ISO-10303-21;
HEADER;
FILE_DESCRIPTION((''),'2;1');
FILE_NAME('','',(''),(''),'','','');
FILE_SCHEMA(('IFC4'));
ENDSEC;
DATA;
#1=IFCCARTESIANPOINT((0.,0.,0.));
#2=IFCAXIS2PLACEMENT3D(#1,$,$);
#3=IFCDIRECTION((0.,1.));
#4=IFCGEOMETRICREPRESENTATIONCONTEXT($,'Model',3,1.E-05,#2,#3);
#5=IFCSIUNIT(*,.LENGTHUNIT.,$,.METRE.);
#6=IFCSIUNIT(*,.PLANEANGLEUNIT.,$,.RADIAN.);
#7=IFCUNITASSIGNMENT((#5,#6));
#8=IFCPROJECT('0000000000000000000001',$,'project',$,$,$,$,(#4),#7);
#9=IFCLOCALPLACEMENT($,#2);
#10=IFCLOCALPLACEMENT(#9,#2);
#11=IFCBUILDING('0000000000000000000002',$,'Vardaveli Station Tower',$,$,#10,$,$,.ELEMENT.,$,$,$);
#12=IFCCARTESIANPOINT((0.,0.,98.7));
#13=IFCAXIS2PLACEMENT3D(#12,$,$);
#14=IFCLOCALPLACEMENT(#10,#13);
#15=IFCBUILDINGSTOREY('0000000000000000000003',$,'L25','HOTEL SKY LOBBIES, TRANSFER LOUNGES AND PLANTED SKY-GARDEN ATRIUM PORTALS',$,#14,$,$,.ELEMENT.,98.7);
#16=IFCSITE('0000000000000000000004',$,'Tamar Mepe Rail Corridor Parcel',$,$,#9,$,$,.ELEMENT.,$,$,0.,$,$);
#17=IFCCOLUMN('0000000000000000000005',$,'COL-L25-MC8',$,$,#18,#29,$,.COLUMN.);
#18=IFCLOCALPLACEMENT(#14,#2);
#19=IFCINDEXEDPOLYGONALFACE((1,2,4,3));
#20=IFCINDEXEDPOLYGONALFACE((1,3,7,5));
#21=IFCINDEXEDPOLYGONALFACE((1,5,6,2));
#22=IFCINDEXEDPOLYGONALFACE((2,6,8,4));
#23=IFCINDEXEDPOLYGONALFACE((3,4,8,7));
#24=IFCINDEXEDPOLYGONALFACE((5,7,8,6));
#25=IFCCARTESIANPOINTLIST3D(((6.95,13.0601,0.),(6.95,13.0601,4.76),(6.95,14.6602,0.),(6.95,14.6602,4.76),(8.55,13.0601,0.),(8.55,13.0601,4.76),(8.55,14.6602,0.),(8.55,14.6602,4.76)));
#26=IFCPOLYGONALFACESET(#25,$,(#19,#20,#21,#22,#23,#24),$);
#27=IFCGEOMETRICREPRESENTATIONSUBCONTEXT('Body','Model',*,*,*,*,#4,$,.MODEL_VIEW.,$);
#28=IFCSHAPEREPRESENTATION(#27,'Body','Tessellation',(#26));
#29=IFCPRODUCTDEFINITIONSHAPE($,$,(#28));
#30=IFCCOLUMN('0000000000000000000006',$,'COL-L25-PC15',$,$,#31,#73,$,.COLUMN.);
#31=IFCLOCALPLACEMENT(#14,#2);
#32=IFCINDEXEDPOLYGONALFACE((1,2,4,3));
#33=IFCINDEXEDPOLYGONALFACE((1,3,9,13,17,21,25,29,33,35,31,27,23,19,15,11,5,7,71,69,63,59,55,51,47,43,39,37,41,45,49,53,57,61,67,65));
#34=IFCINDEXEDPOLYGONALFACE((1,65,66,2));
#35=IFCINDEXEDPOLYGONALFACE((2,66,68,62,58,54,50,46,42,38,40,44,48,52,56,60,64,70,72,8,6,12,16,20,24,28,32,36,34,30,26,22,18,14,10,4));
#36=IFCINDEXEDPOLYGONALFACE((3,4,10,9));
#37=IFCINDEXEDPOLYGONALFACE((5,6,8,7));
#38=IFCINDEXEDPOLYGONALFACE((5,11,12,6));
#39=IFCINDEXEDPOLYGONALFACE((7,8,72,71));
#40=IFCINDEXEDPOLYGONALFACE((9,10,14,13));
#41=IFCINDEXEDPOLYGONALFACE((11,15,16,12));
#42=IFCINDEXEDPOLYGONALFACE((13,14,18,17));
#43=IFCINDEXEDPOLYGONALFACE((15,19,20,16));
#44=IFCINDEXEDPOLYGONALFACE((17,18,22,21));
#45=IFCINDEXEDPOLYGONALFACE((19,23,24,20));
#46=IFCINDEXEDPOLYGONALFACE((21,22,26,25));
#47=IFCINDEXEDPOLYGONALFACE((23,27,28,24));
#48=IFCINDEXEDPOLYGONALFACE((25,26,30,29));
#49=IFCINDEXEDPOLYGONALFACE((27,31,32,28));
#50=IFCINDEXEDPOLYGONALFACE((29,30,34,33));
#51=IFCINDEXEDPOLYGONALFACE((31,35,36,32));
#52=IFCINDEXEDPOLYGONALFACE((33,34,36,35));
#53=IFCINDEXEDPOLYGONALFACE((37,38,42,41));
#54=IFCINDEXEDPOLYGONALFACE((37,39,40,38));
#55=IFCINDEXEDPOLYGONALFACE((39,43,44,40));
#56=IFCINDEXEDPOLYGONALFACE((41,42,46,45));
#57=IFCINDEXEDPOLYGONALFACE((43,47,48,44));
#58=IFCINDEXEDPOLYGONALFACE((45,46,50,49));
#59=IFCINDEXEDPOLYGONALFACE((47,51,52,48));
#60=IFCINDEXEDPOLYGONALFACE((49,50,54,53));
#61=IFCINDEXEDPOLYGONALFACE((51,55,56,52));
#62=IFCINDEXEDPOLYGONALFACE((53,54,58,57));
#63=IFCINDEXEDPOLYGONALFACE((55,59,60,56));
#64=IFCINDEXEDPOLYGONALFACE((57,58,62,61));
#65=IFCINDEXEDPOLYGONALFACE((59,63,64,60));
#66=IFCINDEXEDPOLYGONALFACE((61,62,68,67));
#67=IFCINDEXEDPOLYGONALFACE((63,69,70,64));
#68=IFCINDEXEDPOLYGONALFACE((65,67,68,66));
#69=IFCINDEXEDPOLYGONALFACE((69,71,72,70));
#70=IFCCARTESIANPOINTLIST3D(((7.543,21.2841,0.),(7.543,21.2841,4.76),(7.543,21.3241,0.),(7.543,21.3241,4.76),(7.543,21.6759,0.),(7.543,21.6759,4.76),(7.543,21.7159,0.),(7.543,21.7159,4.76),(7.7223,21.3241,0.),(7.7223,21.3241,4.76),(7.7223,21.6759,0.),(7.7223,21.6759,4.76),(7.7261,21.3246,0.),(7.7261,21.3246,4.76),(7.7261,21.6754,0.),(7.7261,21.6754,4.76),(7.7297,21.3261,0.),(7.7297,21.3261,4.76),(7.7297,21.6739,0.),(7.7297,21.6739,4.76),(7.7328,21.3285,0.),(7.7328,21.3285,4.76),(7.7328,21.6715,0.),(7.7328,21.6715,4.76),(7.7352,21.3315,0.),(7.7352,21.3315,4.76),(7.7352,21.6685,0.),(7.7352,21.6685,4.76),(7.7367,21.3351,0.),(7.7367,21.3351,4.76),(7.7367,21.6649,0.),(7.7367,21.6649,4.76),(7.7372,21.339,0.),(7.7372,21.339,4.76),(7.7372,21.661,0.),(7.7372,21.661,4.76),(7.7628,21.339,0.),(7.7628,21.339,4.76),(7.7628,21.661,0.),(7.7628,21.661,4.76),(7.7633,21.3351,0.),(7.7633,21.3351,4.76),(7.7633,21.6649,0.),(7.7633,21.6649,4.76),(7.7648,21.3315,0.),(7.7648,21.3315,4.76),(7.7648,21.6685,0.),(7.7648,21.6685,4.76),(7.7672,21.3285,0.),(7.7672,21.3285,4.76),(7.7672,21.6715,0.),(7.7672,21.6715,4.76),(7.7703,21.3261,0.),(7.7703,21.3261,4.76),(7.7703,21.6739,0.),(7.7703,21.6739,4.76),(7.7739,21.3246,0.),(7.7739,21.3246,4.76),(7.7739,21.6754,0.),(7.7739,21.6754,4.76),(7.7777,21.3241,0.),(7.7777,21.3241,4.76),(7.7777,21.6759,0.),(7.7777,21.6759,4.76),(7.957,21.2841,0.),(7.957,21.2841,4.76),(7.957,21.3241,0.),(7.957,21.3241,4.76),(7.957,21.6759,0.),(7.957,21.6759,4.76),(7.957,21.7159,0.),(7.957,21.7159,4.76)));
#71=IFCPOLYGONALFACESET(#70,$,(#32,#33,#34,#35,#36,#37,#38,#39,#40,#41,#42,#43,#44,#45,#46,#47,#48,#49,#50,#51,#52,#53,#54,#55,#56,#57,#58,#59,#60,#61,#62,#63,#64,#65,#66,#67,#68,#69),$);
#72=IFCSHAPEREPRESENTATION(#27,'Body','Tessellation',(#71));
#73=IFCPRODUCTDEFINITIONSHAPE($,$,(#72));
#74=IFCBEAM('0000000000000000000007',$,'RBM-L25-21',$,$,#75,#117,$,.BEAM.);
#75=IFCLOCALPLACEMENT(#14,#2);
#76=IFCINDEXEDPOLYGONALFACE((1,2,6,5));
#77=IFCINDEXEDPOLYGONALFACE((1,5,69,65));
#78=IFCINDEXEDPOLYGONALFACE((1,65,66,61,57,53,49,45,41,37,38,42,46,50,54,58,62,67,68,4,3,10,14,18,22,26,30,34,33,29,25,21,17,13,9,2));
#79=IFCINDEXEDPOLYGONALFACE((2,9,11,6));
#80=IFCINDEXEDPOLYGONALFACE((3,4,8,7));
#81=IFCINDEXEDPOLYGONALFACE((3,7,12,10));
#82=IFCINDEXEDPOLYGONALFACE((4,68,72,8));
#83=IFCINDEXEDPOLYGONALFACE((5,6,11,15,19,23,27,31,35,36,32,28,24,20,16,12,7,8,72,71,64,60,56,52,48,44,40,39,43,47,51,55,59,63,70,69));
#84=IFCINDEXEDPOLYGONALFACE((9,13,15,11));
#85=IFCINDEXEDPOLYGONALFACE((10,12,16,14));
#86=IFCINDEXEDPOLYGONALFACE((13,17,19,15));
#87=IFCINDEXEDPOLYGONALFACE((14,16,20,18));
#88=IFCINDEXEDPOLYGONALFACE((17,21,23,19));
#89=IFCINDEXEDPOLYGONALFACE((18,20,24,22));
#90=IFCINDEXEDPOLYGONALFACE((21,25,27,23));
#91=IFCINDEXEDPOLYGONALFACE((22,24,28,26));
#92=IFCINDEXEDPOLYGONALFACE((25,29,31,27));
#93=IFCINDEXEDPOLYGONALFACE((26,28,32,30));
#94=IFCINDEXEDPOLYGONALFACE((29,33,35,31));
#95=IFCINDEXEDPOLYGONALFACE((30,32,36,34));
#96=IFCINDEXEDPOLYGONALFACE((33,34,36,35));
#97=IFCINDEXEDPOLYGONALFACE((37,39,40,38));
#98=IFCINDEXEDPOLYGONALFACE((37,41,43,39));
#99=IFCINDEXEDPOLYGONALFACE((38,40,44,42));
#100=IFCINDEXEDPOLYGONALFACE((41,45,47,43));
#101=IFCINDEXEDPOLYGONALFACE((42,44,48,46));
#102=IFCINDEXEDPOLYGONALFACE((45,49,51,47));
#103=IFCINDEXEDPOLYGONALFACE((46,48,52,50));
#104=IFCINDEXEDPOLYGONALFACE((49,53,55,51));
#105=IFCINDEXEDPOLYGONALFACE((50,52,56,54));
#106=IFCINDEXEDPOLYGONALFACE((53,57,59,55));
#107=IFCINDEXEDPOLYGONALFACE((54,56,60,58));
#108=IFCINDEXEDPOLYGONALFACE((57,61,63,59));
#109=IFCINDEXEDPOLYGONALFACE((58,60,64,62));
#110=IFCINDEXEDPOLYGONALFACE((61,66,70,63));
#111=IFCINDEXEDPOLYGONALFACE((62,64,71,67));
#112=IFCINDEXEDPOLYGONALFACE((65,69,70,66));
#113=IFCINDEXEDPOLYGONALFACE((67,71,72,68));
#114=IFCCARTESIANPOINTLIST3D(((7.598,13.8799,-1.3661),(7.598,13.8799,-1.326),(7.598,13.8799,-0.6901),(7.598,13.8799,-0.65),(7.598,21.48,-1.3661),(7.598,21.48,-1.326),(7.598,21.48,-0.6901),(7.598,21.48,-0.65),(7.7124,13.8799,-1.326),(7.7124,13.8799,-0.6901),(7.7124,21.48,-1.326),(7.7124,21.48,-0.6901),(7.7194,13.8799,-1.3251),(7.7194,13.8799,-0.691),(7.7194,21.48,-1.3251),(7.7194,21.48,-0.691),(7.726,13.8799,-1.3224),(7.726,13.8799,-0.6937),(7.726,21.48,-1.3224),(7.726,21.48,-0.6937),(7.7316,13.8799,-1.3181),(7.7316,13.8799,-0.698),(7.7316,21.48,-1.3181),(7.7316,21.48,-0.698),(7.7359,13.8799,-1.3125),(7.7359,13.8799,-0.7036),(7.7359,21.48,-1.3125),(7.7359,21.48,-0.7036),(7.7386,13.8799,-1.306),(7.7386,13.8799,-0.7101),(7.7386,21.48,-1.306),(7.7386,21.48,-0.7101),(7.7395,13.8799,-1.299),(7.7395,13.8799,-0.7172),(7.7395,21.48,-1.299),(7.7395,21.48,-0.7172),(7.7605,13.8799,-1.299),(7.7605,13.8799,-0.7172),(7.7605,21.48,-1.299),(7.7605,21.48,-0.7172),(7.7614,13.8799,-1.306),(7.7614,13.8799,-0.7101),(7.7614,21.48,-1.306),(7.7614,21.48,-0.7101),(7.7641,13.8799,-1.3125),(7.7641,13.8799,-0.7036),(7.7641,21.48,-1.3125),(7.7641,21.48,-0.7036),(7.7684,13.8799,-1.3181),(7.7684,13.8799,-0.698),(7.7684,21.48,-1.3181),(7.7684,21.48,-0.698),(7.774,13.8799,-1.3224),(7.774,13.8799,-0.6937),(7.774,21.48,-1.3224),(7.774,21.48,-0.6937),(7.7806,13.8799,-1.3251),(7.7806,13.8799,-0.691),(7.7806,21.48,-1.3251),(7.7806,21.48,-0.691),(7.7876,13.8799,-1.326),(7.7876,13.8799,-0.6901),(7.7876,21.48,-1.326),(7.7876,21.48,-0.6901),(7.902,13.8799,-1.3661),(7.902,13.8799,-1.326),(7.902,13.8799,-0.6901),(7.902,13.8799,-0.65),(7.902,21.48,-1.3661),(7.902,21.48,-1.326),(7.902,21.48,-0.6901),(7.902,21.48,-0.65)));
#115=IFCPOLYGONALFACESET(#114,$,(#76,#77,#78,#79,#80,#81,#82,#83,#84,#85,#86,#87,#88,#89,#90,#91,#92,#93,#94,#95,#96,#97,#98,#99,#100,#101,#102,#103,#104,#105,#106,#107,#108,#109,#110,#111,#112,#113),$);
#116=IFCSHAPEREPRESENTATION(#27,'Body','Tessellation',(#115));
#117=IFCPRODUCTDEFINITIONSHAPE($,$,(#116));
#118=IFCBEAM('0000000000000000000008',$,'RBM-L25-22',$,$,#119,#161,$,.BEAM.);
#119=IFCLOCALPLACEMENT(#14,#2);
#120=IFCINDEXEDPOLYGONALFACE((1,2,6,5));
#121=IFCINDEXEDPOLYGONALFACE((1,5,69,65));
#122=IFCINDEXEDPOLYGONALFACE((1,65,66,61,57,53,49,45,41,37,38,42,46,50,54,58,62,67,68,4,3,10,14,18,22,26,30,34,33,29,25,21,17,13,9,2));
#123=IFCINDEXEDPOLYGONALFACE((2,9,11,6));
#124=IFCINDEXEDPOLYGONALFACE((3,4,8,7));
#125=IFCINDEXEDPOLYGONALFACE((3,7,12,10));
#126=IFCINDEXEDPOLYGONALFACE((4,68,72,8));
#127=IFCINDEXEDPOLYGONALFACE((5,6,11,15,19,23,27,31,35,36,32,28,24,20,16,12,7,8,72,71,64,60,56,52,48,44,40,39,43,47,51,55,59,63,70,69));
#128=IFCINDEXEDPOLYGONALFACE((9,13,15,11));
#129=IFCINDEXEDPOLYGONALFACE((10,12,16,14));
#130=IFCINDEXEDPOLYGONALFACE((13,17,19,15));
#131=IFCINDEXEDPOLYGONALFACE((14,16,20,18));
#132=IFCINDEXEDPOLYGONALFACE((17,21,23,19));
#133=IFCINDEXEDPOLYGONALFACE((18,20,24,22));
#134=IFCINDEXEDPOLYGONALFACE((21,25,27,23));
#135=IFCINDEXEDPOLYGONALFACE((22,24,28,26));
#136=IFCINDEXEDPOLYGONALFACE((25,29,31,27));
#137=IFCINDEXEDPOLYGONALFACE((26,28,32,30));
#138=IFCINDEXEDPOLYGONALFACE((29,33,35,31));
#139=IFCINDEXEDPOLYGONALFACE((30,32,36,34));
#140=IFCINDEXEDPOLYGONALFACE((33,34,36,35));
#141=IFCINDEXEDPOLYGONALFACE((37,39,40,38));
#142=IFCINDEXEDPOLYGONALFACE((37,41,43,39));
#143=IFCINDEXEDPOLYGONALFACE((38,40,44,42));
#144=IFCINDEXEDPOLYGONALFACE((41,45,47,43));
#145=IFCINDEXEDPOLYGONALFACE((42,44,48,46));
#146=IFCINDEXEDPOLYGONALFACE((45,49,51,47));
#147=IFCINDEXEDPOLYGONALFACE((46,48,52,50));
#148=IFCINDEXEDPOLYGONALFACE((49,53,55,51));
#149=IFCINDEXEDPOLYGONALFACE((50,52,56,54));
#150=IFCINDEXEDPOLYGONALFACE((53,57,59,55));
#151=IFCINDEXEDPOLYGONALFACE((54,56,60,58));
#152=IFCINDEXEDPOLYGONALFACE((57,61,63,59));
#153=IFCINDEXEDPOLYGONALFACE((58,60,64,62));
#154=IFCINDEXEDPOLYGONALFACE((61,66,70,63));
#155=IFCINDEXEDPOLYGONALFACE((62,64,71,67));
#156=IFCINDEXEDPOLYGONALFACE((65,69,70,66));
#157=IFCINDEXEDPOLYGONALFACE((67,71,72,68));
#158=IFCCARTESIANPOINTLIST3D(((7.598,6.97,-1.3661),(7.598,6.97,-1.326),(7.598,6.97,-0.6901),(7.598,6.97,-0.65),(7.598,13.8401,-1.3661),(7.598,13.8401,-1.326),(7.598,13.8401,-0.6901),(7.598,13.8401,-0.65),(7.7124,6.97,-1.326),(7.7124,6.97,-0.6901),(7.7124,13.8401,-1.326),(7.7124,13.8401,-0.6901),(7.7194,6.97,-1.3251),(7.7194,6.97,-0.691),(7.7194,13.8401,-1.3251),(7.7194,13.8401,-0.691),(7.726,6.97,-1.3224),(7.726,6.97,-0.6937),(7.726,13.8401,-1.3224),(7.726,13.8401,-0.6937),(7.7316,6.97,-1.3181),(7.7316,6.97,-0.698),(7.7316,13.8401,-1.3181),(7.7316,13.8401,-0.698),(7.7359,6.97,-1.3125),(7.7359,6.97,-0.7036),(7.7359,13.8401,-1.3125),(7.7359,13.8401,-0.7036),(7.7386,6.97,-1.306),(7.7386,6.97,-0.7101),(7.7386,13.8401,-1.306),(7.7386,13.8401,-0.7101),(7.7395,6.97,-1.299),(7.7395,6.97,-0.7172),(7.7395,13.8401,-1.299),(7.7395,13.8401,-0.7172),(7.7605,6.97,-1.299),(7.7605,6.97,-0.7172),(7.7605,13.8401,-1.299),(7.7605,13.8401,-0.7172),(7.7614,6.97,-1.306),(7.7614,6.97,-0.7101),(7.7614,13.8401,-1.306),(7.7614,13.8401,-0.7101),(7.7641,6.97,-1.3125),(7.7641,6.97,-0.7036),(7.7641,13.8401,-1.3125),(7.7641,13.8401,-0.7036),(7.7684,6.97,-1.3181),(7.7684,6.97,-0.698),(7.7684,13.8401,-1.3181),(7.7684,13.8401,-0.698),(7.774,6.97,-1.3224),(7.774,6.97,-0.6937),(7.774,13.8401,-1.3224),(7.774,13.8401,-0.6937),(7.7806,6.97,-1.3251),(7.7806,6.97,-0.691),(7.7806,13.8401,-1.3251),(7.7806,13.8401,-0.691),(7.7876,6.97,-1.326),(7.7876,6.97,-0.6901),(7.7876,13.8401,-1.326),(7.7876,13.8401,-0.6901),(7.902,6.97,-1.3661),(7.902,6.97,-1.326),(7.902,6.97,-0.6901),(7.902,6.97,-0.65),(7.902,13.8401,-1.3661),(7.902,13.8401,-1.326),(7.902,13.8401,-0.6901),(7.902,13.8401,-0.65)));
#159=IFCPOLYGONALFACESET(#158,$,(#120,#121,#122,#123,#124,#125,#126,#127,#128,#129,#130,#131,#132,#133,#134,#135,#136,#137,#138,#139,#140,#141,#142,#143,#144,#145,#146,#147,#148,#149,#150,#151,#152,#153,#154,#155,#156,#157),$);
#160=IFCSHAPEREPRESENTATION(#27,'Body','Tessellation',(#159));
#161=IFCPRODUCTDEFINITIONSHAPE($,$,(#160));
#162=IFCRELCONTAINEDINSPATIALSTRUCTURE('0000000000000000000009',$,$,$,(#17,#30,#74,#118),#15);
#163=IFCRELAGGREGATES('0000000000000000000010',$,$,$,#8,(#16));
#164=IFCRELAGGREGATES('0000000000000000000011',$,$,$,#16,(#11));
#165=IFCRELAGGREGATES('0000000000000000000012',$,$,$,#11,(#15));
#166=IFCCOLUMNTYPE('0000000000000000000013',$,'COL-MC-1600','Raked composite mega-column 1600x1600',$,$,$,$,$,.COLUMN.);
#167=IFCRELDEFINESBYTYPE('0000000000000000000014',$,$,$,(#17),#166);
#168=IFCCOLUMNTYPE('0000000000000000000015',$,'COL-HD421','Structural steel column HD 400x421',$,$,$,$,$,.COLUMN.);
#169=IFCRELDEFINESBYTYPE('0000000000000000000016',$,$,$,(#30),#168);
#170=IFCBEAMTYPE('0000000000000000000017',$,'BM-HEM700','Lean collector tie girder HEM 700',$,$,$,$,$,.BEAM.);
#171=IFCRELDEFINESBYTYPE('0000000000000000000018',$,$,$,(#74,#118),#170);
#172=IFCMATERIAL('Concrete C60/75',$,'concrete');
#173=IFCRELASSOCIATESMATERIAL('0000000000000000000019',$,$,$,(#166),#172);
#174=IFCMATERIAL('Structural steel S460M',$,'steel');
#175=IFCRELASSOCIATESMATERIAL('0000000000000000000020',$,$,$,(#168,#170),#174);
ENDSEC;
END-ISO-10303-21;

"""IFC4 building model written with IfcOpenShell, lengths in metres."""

from ifc_helpers import new_model, si_unit, direction, frame, origin, origin_2d, place, context, subcontext, project, spatial, rectangle, i_section, extrude, source, transform, mapped, material, material_profile, profile_set, type_object, element, save


model = new_model("IFC4")

# Units and contexts
model_context = context("Model", 3, precision=1e-05, world=origin(), true_north=direction((0.0, 1.0)))
body_context = subcontext(model_context, "Body", "Model", "MODEL_VIEW")
ifc_project = project(units=[si_unit("LENGTHUNIT", "METRE"), si_unit("PLANEANGLEUNIT", "RADIAN")], contexts=[model_context])

# Site, building, storey
site_placement = place(None, origin())
site = spatial("IfcSite", under=ifc_project, at=site_placement, Name="Tamar Mepe Rail Corridor Parcel", CompositionType="ELEMENT", RefElevation=0.0)
building_placement = place(site_placement, origin())
building = spatial("IfcBuilding", under=site, at=building_placement, Name="Vardaveli Station Tower", CompositionType="ELEMENT")
storey_placement = place(building_placement, frame((0.0, 0.0, 98.7)))
storey = spatial("IfcBuildingStorey", under=building, at=storey_placement, Name="L25", Description="HOTEL SKY LOBBIES, TRANSFER LOUNGES AND PLANTED SKY-GARDEN ATRIUM PORTALS", CompositionType="ELEMENT", Elevation=98.7)

# Columns
ifc_material_1 = material(Name="Concrete C60/75", Category="concrete")
ifc_material_profile_1 = material_profile(ifc_material_1, rectangle(XDim=1.6001, YDim=1.6001, at=origin_2d()), Name="MC 1600x1600")
ifc_profile_set_1 = profile_set([ifc_material_profile_1], Name="Concrete C60/75")
column_type_1 = type_object("IfcColumnType", Name="COL-MC-1600", Description="Raked composite mega-column 1600x1600", PredefinedType="COLUMN", material=ifc_profile_set_1)
shared_shape_1 = source(origin(), body_context, "Body", "SweptSolid", [
    extrude(rectangle(XDim=1.6001, YDim=1.6001, at=origin_2d()), origin(), (0.0, 0.0, 1.0), 4.76),
])
column_1_placement = place(storey_placement, frame((7.75, 13.8601, 0.0), z_axis=(0.0, 0.0, 1.0), x_axis=(1.0, 0.0, 0.0)))
element("IfcColumn", 1, at=column_1_placement, inside=storey, type_object=column_type_1, Name="COL-L25-MC8", PredefinedType="COLUMN", context=body_context, shape_type="MappedRepresentation", body=[
    mapped(shared_shape_1, transform((0.0, 0.0, 0.0), scale=1.0)),
])
ifc_material_2 = material(Name="Structural steel S460M", Category="steel")
ifc_material_profile_2 = material_profile(ifc_material_2, i_section(OverallWidth=0.4141, OverallDepth=0.4319, WebThickness=0.0256, FlangeThickness=0.04, FilletRadius=0.0149, at=origin_2d()), Name="HD 400x421")
ifc_profile_set_2 = profile_set([ifc_material_profile_2], Name="Structural steel S460M")
column_type_2 = type_object("IfcColumnType", Name="COL-HD421", Description="Structural steel column HD 400x421", PredefinedType="COLUMN", material=ifc_profile_set_2)
shared_shape_2 = source(origin(), body_context, "Body", "SweptSolid", [
    extrude(i_section(OverallWidth=0.4141, OverallDepth=0.4319, WebThickness=0.0256, FlangeThickness=0.04, FilletRadius=0.0149, at=origin_2d()), origin(), (0.0, 0.0, 1.0), 4.76),
])
column_2_placement = place(storey_placement, frame((7.75, 21.5, 0.0), z_axis=(0.0, 0.0, 1.0), x_axis=(1.0, 0.0, 0.0)))
element("IfcColumn", 2, at=column_2_placement, inside=storey, type_object=column_type_2, Name="COL-L25-PC15", PredefinedType="COLUMN", context=body_context, shape_type="MappedRepresentation", body=[
    mapped(shared_shape_2, transform((0.0, 0.0, 0.0), scale=1.0)),
])

# Beams
ifc_material_profile_3 = material_profile(ifc_material_2, i_section(OverallWidth=0.304, OverallDepth=0.7161, WebThickness=0.021, FlangeThickness=0.04, FilletRadius=0.0271, at=origin_2d()), Name="HEM 700")
ifc_profile_set_3 = profile_set([ifc_material_profile_3], Name="Structural steel S460M")
beam_type_1 = type_object("IfcBeamType", Name="BM-HEM700", Description="Lean collector tie girder HEM 700", PredefinedType="BEAM", material=ifc_profile_set_3)
shared_shape_3 = source(origin(), body_context, "Body", "SweptSolid", [
    extrude(i_section(OverallWidth=0.304, OverallDepth=0.7161, WebThickness=0.021, FlangeThickness=0.04, FilletRadius=0.0271, at=origin_2d()), origin(), (0.0, 0.0, 1.0), 7.6001),
])
beam_1_placement = place(storey_placement, frame((7.75, 21.48, -1.0081), z_axis=(0.0, -1.0, 0.0), x_axis=(1.0, 0.0, 0.0)))
element("IfcBeam", 3, at=beam_1_placement, inside=storey, type_object=beam_type_1, Name="RBM-L25-21", PredefinedType="BEAM", context=body_context, shape_type="MappedRepresentation", body=[
    mapped(shared_shape_3, transform((0.0, 0.0, 0.0), scale=1.0)),
])
shared_shape_4 = source(origin(), body_context, "Body", "SweptSolid", [
    extrude(i_section(OverallWidth=0.304, OverallDepth=0.7161, WebThickness=0.021, FlangeThickness=0.04, FilletRadius=0.0271, at=origin_2d()), origin(), (0.0, 0.0, 1.0), 6.8701),
])
beam_2_placement = place(storey_placement, frame((7.75, 13.8401, -1.0081), z_axis=(0.0, -1.0, 0.0), x_axis=(1.0, 0.0, 0.0)))
element("IfcBeam", 4, at=beam_2_placement, inside=storey, type_object=beam_type_1, Name="RBM-L25-22", PredefinedType="BEAM", context=body_context, shape_type="MappedRepresentation", body=[
    mapped(shared_shape_4, transform((0.0, 0.0, 0.0), scale=1.0)),
])

save(model, "model.ifc")
